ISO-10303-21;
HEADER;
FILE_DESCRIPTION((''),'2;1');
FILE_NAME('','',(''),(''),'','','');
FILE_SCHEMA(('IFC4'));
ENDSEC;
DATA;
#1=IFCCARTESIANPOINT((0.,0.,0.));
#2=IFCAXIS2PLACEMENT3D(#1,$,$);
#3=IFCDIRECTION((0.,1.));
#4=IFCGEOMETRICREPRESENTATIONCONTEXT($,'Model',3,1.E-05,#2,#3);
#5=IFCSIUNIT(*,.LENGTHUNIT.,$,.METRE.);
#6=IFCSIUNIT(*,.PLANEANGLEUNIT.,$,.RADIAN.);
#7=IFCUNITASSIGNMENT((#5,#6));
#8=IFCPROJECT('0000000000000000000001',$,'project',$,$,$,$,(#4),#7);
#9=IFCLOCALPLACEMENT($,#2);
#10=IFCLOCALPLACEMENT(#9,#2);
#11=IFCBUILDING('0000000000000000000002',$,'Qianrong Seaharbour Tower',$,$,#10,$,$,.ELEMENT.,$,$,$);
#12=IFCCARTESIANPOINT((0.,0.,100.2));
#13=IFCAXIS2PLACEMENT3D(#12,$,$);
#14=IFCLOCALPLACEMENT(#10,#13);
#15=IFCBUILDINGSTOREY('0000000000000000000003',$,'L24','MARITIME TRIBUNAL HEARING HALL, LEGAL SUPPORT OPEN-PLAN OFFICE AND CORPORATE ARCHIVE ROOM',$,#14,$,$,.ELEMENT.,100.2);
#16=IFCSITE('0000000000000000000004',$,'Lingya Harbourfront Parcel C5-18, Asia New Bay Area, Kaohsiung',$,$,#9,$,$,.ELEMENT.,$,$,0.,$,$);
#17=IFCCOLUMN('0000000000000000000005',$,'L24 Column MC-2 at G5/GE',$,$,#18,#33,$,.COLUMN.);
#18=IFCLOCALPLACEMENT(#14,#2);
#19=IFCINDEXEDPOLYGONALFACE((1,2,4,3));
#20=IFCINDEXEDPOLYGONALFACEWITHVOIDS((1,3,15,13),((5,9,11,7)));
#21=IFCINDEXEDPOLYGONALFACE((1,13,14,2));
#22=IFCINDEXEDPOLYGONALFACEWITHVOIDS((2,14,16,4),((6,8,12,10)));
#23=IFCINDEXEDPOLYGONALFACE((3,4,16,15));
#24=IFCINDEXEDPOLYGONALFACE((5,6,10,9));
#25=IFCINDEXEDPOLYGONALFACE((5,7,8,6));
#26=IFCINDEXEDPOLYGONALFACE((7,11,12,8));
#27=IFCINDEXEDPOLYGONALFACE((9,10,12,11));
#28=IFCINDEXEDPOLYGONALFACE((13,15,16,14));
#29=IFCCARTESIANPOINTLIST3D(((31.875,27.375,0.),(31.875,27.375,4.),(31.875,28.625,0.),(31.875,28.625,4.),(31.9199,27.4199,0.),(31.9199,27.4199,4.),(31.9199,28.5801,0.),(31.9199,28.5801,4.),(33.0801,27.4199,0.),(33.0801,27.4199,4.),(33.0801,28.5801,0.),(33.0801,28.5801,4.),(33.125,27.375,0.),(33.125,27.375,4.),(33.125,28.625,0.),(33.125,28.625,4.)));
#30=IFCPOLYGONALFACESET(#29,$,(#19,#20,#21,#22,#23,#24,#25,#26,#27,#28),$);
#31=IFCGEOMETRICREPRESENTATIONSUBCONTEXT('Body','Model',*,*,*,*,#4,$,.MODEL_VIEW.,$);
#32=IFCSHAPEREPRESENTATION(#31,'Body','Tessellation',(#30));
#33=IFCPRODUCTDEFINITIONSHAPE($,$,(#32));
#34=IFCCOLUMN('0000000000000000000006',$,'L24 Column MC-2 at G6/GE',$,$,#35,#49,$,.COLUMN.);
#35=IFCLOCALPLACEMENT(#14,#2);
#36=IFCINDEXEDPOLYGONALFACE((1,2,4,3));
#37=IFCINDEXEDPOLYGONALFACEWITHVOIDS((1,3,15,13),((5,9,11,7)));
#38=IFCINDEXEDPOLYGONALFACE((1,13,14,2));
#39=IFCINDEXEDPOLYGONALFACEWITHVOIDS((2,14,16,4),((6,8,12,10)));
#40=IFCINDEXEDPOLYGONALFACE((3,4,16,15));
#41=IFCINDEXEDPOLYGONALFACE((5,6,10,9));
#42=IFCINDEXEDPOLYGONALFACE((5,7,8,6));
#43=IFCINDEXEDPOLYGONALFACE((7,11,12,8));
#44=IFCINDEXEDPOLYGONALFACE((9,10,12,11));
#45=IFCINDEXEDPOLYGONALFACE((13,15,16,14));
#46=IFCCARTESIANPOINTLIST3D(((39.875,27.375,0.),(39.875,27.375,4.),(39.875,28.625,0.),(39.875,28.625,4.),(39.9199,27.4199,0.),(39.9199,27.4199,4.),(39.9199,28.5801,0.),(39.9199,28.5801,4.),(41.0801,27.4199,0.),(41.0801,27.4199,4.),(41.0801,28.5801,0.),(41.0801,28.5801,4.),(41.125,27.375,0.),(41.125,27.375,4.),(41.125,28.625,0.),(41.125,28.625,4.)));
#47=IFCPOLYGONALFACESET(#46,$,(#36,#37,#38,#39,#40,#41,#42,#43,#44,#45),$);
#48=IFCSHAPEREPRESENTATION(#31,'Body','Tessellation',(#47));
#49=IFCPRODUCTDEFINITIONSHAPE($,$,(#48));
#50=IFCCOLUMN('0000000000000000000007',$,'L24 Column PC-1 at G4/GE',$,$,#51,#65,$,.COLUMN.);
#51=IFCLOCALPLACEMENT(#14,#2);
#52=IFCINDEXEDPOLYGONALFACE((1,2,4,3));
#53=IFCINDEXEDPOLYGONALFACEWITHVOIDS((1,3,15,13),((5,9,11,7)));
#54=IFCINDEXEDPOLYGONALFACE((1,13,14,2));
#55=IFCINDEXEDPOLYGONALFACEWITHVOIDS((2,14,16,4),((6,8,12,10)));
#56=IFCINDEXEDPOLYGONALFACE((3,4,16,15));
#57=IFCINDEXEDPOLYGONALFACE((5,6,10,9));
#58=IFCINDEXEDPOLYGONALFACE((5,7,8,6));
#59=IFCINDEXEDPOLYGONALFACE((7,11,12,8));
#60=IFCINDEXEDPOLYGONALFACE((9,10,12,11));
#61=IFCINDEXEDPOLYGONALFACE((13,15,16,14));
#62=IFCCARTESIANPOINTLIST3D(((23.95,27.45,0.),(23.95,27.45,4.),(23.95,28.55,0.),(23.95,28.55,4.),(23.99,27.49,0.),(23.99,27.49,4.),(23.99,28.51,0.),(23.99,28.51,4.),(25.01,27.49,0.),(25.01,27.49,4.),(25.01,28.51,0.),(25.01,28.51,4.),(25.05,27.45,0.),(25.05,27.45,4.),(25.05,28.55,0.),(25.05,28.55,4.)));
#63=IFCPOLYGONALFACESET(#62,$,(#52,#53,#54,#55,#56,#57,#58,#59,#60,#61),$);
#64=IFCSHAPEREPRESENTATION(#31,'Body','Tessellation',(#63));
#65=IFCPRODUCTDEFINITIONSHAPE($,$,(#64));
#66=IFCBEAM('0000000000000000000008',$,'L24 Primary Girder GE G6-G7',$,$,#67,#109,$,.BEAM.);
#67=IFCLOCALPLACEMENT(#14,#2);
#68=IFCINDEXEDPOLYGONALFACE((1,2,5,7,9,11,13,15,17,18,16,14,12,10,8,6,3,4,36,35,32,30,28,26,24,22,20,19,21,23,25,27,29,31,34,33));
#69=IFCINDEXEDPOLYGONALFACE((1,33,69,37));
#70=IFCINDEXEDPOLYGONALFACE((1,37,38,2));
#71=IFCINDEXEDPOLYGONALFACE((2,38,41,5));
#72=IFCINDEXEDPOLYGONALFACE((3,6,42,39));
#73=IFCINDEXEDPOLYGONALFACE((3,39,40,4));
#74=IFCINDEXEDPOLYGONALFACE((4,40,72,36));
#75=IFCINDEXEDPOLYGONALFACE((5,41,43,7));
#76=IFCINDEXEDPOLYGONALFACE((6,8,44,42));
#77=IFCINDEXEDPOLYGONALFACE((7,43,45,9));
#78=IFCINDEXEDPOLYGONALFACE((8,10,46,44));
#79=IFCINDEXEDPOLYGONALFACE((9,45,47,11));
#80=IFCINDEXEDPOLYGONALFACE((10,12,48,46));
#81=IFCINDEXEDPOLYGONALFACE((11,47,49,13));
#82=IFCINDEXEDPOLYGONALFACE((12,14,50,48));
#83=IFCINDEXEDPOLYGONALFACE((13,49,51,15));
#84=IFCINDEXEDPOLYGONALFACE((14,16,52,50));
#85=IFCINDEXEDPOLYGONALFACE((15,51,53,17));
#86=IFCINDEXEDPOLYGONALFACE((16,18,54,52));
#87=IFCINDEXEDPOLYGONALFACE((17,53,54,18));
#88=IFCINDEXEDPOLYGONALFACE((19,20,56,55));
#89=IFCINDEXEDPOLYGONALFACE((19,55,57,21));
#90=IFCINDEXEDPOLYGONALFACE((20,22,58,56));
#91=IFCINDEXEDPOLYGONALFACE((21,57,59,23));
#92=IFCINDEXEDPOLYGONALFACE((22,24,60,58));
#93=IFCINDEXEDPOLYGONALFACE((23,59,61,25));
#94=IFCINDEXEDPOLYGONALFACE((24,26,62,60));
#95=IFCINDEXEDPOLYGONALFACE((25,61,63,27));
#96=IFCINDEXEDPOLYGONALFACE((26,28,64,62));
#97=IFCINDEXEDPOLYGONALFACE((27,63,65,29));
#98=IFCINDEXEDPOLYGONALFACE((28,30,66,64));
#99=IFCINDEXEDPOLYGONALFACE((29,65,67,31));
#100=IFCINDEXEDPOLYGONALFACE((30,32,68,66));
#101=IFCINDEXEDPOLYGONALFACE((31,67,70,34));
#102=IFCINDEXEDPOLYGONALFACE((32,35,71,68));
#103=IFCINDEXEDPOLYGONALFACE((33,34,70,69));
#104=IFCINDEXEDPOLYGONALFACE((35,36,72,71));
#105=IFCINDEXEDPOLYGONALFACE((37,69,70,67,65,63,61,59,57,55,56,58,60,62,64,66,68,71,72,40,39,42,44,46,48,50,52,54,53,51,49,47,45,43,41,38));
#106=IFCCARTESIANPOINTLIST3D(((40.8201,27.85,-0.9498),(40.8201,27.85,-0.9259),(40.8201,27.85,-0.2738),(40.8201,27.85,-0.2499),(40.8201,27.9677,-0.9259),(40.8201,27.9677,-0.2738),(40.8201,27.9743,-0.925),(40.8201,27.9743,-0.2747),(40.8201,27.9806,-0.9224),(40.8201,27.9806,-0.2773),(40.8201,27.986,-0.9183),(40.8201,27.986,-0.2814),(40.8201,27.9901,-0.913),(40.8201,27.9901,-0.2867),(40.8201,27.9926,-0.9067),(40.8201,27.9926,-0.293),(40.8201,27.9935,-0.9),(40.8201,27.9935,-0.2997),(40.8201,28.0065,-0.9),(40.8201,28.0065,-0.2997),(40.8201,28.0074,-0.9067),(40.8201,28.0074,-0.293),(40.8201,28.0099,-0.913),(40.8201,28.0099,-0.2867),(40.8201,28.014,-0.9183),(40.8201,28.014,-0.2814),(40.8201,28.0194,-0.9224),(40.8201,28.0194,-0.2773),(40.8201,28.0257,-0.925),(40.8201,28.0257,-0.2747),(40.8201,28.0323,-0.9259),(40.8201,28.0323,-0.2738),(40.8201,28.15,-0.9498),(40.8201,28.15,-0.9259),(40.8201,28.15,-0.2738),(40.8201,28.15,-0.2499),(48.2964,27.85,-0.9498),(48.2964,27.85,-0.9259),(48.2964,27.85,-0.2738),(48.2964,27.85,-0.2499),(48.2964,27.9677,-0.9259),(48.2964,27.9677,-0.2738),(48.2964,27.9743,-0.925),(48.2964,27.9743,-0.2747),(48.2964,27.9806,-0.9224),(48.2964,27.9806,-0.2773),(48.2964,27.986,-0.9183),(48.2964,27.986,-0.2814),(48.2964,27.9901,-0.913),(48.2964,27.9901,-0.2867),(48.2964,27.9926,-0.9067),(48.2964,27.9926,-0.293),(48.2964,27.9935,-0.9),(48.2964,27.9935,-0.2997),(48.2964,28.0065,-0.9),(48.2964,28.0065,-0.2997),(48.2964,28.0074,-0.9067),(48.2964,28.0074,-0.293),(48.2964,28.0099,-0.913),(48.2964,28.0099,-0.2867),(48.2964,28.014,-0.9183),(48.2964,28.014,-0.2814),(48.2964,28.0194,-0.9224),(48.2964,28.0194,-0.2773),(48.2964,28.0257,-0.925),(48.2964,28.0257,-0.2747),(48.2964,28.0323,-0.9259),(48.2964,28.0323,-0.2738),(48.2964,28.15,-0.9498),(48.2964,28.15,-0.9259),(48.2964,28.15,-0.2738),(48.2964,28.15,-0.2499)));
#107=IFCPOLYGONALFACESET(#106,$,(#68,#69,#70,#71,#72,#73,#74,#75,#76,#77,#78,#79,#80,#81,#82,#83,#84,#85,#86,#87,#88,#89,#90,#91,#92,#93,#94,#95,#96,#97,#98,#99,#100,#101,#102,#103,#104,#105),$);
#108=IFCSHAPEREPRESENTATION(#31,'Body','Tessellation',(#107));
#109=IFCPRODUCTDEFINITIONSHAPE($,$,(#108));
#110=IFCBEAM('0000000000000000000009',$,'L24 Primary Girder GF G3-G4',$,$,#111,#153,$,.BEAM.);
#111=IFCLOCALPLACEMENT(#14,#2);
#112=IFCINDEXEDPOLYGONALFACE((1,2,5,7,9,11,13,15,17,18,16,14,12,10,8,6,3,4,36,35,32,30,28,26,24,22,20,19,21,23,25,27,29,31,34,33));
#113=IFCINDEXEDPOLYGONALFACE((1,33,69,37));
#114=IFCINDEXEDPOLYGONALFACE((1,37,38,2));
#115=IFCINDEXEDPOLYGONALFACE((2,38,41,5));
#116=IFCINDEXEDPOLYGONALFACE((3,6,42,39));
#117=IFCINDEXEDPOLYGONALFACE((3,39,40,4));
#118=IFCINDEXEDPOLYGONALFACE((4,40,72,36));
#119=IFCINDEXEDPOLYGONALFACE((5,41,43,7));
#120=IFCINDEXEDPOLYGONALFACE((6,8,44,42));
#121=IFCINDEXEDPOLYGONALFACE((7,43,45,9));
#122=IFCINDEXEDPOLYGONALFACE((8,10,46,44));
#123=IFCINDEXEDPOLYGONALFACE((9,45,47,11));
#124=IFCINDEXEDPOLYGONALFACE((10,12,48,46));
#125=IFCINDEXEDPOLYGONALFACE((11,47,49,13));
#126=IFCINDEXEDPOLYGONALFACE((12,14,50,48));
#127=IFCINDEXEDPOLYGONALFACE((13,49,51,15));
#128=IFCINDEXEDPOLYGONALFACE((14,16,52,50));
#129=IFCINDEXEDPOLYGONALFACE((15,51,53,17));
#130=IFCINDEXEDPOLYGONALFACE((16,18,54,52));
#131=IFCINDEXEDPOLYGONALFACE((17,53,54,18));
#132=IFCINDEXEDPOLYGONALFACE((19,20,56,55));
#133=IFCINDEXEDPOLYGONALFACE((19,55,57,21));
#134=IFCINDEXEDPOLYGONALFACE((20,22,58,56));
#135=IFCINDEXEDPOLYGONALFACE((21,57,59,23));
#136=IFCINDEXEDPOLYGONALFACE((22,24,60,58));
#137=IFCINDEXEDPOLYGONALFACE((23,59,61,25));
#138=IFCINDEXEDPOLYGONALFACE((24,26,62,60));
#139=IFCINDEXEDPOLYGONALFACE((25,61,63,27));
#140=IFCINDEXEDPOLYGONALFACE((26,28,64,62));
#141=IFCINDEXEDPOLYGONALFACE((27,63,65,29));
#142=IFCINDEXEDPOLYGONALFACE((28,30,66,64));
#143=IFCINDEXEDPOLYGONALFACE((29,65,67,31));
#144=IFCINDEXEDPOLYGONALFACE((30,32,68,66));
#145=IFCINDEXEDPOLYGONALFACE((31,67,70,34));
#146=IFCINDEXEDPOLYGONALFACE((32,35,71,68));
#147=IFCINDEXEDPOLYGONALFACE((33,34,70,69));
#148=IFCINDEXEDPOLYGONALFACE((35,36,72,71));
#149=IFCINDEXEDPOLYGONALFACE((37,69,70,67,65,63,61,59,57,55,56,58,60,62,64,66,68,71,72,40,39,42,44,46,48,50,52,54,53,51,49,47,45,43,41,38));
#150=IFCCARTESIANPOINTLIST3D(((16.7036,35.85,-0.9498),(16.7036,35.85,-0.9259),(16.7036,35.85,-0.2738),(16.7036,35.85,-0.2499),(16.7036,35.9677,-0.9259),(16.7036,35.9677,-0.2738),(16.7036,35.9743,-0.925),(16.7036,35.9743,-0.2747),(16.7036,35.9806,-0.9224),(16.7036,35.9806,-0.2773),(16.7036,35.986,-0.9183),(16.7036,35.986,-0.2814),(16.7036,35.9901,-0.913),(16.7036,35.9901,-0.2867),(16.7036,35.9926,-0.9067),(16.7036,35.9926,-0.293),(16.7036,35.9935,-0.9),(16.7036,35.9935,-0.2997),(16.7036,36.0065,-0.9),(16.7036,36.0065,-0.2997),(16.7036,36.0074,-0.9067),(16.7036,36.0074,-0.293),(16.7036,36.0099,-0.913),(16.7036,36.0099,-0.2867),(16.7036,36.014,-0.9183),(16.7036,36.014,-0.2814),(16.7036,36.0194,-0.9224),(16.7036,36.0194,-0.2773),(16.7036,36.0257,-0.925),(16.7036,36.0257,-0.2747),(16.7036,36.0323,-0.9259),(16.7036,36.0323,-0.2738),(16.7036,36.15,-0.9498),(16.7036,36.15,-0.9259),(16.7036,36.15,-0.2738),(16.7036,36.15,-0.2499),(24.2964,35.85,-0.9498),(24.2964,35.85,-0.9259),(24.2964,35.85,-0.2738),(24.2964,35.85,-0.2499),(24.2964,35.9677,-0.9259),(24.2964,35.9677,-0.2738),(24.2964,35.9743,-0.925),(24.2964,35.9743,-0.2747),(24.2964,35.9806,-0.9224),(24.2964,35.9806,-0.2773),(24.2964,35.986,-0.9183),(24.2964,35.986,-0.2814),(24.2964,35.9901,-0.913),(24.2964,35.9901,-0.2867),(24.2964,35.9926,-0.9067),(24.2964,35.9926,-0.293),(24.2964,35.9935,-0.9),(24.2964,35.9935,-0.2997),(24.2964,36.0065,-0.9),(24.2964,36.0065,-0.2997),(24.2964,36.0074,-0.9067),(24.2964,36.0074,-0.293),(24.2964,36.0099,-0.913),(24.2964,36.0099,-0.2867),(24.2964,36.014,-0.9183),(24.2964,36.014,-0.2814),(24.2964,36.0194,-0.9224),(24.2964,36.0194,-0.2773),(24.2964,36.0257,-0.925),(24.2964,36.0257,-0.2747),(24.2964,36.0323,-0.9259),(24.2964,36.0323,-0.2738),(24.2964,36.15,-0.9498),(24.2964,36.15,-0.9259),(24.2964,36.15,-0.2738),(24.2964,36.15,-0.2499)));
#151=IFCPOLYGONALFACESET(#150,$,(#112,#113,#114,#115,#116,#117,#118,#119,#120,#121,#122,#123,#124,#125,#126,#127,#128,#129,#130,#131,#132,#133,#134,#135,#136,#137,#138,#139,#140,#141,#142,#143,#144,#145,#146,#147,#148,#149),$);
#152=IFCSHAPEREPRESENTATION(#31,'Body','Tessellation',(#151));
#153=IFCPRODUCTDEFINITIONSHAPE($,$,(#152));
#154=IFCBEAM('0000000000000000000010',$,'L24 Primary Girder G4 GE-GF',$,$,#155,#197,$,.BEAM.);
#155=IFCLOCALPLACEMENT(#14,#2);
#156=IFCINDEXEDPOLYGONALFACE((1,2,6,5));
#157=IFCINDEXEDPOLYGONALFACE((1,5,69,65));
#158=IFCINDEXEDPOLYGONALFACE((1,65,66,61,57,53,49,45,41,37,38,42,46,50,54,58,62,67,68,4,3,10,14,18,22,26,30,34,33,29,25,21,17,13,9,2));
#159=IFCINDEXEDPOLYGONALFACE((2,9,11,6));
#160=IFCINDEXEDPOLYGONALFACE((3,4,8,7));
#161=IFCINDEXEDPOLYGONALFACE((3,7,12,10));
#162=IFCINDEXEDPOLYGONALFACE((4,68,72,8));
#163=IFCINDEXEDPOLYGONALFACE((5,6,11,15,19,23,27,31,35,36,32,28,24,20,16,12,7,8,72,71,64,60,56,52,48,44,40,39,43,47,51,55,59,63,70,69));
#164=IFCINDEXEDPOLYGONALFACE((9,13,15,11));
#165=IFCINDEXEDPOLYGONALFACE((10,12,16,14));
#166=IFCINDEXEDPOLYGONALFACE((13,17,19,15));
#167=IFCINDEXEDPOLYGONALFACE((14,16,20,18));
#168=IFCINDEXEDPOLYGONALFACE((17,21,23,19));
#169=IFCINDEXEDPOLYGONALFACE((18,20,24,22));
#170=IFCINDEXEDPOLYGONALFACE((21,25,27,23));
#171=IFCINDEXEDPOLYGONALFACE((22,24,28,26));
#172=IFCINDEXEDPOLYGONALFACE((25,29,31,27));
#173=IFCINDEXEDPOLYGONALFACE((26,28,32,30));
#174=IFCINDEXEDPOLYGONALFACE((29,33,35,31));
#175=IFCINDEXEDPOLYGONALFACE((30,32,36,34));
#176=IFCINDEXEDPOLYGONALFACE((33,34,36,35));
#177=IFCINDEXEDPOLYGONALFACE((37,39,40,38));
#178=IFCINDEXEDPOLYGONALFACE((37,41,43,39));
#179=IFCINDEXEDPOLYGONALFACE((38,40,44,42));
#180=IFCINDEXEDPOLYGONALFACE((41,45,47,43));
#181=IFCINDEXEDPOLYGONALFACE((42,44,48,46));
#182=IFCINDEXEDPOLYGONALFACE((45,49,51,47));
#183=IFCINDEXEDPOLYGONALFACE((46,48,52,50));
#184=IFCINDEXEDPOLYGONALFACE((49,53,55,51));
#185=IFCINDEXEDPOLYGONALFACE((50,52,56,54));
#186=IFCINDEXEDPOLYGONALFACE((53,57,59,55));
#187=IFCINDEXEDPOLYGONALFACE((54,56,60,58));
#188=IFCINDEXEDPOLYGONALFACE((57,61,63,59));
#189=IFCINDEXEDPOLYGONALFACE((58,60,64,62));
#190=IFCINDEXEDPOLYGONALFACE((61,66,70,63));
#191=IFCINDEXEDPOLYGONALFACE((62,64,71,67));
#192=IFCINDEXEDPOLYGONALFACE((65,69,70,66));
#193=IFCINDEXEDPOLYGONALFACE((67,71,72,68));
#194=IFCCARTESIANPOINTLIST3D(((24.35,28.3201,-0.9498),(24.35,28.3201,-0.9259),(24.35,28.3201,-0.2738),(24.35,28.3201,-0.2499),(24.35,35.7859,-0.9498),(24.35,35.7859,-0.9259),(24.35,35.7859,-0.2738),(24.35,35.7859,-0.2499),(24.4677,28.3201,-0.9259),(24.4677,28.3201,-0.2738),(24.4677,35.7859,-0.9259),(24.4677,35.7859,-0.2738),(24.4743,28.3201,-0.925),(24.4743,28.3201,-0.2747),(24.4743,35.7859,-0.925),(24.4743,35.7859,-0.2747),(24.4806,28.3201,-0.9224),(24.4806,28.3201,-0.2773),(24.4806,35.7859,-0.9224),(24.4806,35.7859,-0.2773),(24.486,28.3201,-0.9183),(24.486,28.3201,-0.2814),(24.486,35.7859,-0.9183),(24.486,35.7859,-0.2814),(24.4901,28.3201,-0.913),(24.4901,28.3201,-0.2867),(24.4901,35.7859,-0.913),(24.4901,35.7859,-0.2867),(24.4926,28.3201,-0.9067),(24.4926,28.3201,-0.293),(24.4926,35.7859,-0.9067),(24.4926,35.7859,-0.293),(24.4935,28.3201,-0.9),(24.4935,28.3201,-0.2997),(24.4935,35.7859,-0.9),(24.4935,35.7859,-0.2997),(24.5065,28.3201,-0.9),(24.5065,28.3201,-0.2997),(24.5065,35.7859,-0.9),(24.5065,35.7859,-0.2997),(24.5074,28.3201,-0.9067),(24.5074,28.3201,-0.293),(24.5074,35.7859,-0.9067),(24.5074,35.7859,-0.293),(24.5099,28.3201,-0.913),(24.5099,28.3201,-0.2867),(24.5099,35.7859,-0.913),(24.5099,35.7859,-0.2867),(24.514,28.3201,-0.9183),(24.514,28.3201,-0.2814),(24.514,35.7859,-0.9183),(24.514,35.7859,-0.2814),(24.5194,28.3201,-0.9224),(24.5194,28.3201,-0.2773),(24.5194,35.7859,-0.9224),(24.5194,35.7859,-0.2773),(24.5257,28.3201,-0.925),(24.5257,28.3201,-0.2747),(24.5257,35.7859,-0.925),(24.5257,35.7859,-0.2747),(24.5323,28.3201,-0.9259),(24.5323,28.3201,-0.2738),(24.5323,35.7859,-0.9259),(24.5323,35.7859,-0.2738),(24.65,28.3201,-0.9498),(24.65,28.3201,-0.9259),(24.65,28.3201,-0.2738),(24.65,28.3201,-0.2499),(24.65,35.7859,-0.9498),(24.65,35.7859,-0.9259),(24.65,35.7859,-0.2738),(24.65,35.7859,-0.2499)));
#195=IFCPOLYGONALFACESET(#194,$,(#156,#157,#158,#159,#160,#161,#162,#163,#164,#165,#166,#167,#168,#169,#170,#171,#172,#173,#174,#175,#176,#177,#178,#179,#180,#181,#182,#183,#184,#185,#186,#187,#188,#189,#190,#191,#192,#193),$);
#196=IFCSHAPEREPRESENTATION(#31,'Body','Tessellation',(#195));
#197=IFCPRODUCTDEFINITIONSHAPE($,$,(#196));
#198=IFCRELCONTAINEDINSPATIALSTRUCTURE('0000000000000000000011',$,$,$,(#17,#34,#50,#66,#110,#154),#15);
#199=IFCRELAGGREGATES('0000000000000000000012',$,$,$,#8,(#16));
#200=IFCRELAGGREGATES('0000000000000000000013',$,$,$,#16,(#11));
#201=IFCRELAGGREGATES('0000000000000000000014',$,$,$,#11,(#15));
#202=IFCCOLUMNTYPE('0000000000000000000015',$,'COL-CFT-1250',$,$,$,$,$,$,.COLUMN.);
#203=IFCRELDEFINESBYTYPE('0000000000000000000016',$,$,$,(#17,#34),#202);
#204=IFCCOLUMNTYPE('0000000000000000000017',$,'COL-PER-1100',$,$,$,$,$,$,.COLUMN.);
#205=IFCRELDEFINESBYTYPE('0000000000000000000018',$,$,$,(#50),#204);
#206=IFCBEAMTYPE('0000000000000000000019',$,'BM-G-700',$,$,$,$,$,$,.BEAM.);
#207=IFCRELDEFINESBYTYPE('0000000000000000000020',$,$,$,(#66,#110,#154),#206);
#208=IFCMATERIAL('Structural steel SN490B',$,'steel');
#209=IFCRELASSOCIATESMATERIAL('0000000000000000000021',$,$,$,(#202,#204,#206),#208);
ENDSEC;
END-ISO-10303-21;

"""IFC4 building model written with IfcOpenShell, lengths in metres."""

from ifc_helpers import new_model, si_unit, direction, frame, origin, origin_2d, place, context, subcontext, project, spatial, hollow_rectangle, i_section, extrude, material, material_profile, profile_set, type_object, element, save


model = new_model("IFC4")

# Units and contexts
model_context = context("Model", 3, precision=1e-05, world=origin(), true_north=direction((0.0, 1.0)))
body_context = subcontext(model_context, "Body", "Model", "MODEL_VIEW")
ifc_project = project(units=[si_unit("LENGTHUNIT", "METRE"), si_unit("PLANEANGLEUNIT", "RADIAN")], contexts=[model_context])

# Site, building, storey
site_placement = place(None, origin())
site = spatial("IfcSite", under=ifc_project, at=site_placement, Name="Lingya Harbourfront Parcel C5-18, Asia New Bay Area, Kaohsiung", CompositionType="ELEMENT", RefElevation=0.0)
building_placement = place(site_placement, origin())
building = spatial("IfcBuilding", under=site, at=building_placement, Name="Qianrong Seaharbour Tower", CompositionType="ELEMENT")
storey_placement = place(building_placement, frame((0.0, 0.0, 100.2)))
storey = spatial("IfcBuildingStorey", under=building, at=storey_placement, Name="L24", Description="MARITIME TRIBUNAL HEARING HALL, LEGAL SUPPORT OPEN-PLAN OFFICE AND CORPORATE ARCHIVE ROOM", CompositionType="ELEMENT", Elevation=100.2)

# Columns
ifc_material_1 = material(Name="Structural steel SN490B", Category="steel")
ifc_material_profile_1 = material_profile(ifc_material_1, hollow_rectangle(XDim=1.25, YDim=1.25, WallThickness=0.0449, at=origin_2d()), Name="BOX1250x1250x45")
ifc_profile_set_1 = profile_set([ifc_material_profile_1], Name="Structural steel SN490B")
column_type_1 = type_object("IfcColumnType", Name="COL-CFT-1250", PredefinedType="COLUMN", material=ifc_profile_set_1)
for number, where, z_axis, x_axis, name in (
    (1, (32.5, 28.0, 0.0), (0.0, 0.0, 1.0), (1.0, 0.0, 0.0), "L24 Column MC-2 at G5/GE"),
    (2, (40.5, 28.0, 0.0), (0.0, 0.0, 1.0), (1.0, 0.0, 0.0), "L24 Column MC-2 at G6/GE"),
):
    element("IfcColumn", number, at=place(storey_placement, frame(where, z_axis=z_axis, x_axis=x_axis)), inside=storey, type_object=column_type_1, Name=name, PredefinedType="COLUMN", context=body_context, shape_type="SweptSolid", body=[
        extrude(hollow_rectangle(XDim=1.25, YDim=1.25, WallThickness=0.0449, at=origin_2d()), origin(), (0.0, 0.0, 1.0), 4.0),
    ])
ifc_material_profile_2 = material_profile(ifc_material_1, hollow_rectangle(XDim=1.1001, YDim=1.1001, WallThickness=0.04, at=origin_2d()), Name="BOX1100x1100x40")
ifc_profile_set_2 = profile_set([ifc_material_profile_2], Name="Structural steel SN490B")
column_type_2 = type_object("IfcColumnType", Name="COL-PER-1100", PredefinedType="COLUMN", material=ifc_profile_set_2)
column_placement = place(storey_placement, frame((24.5, 28.0, 0.0), z_axis=(0.0, 0.0, 1.0), x_axis=(1.0, 0.0, 0.0)))
element("IfcColumn", 3, at=column_placement, inside=storey, type_object=column_type_2, Name="L24 Column PC-1 at G4/GE", PredefinedType="COLUMN", context=body_context, shape_type="SweptSolid", body=[
    extrude(hollow_rectangle(XDim=1.1001, YDim=1.1001, WallThickness=0.04, at=origin_2d()), origin(), (0.0, 0.0, 1.0), 4.0),
])

# Beams
ifc_material_profile_3 = material_profile(ifc_material_1, i_section(OverallWidth=0.3, OverallDepth=0.7, WebThickness=0.0129, FlangeThickness=0.0239, FilletRadius=0.0259, at=origin_2d()), Name="H700x300x13x24")
ifc_profile_set_3 = profile_set([ifc_material_profile_3], Name="Structural steel SN490B")
beam_type_1 = type_object("IfcBeamType", Name="BM-G-700", PredefinedType="BEAM", material=ifc_profile_set_3)
beam_1_placement = place(storey_placement, frame((40.8201, 28.0, -0.5999), z_axis=(1.0, 0.0, 0.0), x_axis=(0.0, 1.0, 0.0)))
element("IfcBeam", 4, at=beam_1_placement, inside=storey, type_object=beam_type_1, Name="L24 Primary Girder GE G6-G7", PredefinedType="BEAM", context=body_context, shape_type="SweptSolid", body=[
    extrude(i_section(OverallWidth=0.3, OverallDepth=0.7, WebThickness=0.0129, FlangeThickness=0.0239, FilletRadius=0.0259, at=origin_2d()), origin(), (0.0, 0.0, 1.0), 7.4763),
])
beam_2_placement = place(storey_placement, frame((16.7036, 36.0, -0.5999), z_axis=(1.0, 0.0, 0.0), x_axis=(0.0, 1.0, 0.0)))
element("IfcBeam", 5, at=beam_2_placement, inside=storey, type_object=beam_type_1, Name="L24 Primary Girder GF G3-G4", PredefinedType="BEAM", context=body_context, shape_type="SweptSolid", body=[
    extrude(i_section(OverallWidth=0.3, OverallDepth=0.7, WebThickness=0.0129, FlangeThickness=0.0239, FilletRadius=0.0259, at=origin_2d()), origin(), (0.0, 0.0, 1.0), 7.5928),
])
beam_3_placement = place(storey_placement, frame((24.5, 28.3201, -0.5999), z_axis=(0.0, 1.0, 0.0), x_axis=(-1.0, 0.0, 0.0)))
element("IfcBeam", 6, at=beam_3_placement, inside=storey, type_object=beam_type_1, Name="L24 Primary Girder G4 GE-GF", PredefinedType="BEAM", context=body_context, shape_type="SweptSolid", body=[
    extrude(i_section(OverallWidth=0.3, OverallDepth=0.7, WebThickness=0.0129, FlangeThickness=0.0239, FilletRadius=0.0259, at=origin_2d()), origin(), (0.0, 0.0, 1.0), 7.4658),
])

save(model, "model.ifc")
